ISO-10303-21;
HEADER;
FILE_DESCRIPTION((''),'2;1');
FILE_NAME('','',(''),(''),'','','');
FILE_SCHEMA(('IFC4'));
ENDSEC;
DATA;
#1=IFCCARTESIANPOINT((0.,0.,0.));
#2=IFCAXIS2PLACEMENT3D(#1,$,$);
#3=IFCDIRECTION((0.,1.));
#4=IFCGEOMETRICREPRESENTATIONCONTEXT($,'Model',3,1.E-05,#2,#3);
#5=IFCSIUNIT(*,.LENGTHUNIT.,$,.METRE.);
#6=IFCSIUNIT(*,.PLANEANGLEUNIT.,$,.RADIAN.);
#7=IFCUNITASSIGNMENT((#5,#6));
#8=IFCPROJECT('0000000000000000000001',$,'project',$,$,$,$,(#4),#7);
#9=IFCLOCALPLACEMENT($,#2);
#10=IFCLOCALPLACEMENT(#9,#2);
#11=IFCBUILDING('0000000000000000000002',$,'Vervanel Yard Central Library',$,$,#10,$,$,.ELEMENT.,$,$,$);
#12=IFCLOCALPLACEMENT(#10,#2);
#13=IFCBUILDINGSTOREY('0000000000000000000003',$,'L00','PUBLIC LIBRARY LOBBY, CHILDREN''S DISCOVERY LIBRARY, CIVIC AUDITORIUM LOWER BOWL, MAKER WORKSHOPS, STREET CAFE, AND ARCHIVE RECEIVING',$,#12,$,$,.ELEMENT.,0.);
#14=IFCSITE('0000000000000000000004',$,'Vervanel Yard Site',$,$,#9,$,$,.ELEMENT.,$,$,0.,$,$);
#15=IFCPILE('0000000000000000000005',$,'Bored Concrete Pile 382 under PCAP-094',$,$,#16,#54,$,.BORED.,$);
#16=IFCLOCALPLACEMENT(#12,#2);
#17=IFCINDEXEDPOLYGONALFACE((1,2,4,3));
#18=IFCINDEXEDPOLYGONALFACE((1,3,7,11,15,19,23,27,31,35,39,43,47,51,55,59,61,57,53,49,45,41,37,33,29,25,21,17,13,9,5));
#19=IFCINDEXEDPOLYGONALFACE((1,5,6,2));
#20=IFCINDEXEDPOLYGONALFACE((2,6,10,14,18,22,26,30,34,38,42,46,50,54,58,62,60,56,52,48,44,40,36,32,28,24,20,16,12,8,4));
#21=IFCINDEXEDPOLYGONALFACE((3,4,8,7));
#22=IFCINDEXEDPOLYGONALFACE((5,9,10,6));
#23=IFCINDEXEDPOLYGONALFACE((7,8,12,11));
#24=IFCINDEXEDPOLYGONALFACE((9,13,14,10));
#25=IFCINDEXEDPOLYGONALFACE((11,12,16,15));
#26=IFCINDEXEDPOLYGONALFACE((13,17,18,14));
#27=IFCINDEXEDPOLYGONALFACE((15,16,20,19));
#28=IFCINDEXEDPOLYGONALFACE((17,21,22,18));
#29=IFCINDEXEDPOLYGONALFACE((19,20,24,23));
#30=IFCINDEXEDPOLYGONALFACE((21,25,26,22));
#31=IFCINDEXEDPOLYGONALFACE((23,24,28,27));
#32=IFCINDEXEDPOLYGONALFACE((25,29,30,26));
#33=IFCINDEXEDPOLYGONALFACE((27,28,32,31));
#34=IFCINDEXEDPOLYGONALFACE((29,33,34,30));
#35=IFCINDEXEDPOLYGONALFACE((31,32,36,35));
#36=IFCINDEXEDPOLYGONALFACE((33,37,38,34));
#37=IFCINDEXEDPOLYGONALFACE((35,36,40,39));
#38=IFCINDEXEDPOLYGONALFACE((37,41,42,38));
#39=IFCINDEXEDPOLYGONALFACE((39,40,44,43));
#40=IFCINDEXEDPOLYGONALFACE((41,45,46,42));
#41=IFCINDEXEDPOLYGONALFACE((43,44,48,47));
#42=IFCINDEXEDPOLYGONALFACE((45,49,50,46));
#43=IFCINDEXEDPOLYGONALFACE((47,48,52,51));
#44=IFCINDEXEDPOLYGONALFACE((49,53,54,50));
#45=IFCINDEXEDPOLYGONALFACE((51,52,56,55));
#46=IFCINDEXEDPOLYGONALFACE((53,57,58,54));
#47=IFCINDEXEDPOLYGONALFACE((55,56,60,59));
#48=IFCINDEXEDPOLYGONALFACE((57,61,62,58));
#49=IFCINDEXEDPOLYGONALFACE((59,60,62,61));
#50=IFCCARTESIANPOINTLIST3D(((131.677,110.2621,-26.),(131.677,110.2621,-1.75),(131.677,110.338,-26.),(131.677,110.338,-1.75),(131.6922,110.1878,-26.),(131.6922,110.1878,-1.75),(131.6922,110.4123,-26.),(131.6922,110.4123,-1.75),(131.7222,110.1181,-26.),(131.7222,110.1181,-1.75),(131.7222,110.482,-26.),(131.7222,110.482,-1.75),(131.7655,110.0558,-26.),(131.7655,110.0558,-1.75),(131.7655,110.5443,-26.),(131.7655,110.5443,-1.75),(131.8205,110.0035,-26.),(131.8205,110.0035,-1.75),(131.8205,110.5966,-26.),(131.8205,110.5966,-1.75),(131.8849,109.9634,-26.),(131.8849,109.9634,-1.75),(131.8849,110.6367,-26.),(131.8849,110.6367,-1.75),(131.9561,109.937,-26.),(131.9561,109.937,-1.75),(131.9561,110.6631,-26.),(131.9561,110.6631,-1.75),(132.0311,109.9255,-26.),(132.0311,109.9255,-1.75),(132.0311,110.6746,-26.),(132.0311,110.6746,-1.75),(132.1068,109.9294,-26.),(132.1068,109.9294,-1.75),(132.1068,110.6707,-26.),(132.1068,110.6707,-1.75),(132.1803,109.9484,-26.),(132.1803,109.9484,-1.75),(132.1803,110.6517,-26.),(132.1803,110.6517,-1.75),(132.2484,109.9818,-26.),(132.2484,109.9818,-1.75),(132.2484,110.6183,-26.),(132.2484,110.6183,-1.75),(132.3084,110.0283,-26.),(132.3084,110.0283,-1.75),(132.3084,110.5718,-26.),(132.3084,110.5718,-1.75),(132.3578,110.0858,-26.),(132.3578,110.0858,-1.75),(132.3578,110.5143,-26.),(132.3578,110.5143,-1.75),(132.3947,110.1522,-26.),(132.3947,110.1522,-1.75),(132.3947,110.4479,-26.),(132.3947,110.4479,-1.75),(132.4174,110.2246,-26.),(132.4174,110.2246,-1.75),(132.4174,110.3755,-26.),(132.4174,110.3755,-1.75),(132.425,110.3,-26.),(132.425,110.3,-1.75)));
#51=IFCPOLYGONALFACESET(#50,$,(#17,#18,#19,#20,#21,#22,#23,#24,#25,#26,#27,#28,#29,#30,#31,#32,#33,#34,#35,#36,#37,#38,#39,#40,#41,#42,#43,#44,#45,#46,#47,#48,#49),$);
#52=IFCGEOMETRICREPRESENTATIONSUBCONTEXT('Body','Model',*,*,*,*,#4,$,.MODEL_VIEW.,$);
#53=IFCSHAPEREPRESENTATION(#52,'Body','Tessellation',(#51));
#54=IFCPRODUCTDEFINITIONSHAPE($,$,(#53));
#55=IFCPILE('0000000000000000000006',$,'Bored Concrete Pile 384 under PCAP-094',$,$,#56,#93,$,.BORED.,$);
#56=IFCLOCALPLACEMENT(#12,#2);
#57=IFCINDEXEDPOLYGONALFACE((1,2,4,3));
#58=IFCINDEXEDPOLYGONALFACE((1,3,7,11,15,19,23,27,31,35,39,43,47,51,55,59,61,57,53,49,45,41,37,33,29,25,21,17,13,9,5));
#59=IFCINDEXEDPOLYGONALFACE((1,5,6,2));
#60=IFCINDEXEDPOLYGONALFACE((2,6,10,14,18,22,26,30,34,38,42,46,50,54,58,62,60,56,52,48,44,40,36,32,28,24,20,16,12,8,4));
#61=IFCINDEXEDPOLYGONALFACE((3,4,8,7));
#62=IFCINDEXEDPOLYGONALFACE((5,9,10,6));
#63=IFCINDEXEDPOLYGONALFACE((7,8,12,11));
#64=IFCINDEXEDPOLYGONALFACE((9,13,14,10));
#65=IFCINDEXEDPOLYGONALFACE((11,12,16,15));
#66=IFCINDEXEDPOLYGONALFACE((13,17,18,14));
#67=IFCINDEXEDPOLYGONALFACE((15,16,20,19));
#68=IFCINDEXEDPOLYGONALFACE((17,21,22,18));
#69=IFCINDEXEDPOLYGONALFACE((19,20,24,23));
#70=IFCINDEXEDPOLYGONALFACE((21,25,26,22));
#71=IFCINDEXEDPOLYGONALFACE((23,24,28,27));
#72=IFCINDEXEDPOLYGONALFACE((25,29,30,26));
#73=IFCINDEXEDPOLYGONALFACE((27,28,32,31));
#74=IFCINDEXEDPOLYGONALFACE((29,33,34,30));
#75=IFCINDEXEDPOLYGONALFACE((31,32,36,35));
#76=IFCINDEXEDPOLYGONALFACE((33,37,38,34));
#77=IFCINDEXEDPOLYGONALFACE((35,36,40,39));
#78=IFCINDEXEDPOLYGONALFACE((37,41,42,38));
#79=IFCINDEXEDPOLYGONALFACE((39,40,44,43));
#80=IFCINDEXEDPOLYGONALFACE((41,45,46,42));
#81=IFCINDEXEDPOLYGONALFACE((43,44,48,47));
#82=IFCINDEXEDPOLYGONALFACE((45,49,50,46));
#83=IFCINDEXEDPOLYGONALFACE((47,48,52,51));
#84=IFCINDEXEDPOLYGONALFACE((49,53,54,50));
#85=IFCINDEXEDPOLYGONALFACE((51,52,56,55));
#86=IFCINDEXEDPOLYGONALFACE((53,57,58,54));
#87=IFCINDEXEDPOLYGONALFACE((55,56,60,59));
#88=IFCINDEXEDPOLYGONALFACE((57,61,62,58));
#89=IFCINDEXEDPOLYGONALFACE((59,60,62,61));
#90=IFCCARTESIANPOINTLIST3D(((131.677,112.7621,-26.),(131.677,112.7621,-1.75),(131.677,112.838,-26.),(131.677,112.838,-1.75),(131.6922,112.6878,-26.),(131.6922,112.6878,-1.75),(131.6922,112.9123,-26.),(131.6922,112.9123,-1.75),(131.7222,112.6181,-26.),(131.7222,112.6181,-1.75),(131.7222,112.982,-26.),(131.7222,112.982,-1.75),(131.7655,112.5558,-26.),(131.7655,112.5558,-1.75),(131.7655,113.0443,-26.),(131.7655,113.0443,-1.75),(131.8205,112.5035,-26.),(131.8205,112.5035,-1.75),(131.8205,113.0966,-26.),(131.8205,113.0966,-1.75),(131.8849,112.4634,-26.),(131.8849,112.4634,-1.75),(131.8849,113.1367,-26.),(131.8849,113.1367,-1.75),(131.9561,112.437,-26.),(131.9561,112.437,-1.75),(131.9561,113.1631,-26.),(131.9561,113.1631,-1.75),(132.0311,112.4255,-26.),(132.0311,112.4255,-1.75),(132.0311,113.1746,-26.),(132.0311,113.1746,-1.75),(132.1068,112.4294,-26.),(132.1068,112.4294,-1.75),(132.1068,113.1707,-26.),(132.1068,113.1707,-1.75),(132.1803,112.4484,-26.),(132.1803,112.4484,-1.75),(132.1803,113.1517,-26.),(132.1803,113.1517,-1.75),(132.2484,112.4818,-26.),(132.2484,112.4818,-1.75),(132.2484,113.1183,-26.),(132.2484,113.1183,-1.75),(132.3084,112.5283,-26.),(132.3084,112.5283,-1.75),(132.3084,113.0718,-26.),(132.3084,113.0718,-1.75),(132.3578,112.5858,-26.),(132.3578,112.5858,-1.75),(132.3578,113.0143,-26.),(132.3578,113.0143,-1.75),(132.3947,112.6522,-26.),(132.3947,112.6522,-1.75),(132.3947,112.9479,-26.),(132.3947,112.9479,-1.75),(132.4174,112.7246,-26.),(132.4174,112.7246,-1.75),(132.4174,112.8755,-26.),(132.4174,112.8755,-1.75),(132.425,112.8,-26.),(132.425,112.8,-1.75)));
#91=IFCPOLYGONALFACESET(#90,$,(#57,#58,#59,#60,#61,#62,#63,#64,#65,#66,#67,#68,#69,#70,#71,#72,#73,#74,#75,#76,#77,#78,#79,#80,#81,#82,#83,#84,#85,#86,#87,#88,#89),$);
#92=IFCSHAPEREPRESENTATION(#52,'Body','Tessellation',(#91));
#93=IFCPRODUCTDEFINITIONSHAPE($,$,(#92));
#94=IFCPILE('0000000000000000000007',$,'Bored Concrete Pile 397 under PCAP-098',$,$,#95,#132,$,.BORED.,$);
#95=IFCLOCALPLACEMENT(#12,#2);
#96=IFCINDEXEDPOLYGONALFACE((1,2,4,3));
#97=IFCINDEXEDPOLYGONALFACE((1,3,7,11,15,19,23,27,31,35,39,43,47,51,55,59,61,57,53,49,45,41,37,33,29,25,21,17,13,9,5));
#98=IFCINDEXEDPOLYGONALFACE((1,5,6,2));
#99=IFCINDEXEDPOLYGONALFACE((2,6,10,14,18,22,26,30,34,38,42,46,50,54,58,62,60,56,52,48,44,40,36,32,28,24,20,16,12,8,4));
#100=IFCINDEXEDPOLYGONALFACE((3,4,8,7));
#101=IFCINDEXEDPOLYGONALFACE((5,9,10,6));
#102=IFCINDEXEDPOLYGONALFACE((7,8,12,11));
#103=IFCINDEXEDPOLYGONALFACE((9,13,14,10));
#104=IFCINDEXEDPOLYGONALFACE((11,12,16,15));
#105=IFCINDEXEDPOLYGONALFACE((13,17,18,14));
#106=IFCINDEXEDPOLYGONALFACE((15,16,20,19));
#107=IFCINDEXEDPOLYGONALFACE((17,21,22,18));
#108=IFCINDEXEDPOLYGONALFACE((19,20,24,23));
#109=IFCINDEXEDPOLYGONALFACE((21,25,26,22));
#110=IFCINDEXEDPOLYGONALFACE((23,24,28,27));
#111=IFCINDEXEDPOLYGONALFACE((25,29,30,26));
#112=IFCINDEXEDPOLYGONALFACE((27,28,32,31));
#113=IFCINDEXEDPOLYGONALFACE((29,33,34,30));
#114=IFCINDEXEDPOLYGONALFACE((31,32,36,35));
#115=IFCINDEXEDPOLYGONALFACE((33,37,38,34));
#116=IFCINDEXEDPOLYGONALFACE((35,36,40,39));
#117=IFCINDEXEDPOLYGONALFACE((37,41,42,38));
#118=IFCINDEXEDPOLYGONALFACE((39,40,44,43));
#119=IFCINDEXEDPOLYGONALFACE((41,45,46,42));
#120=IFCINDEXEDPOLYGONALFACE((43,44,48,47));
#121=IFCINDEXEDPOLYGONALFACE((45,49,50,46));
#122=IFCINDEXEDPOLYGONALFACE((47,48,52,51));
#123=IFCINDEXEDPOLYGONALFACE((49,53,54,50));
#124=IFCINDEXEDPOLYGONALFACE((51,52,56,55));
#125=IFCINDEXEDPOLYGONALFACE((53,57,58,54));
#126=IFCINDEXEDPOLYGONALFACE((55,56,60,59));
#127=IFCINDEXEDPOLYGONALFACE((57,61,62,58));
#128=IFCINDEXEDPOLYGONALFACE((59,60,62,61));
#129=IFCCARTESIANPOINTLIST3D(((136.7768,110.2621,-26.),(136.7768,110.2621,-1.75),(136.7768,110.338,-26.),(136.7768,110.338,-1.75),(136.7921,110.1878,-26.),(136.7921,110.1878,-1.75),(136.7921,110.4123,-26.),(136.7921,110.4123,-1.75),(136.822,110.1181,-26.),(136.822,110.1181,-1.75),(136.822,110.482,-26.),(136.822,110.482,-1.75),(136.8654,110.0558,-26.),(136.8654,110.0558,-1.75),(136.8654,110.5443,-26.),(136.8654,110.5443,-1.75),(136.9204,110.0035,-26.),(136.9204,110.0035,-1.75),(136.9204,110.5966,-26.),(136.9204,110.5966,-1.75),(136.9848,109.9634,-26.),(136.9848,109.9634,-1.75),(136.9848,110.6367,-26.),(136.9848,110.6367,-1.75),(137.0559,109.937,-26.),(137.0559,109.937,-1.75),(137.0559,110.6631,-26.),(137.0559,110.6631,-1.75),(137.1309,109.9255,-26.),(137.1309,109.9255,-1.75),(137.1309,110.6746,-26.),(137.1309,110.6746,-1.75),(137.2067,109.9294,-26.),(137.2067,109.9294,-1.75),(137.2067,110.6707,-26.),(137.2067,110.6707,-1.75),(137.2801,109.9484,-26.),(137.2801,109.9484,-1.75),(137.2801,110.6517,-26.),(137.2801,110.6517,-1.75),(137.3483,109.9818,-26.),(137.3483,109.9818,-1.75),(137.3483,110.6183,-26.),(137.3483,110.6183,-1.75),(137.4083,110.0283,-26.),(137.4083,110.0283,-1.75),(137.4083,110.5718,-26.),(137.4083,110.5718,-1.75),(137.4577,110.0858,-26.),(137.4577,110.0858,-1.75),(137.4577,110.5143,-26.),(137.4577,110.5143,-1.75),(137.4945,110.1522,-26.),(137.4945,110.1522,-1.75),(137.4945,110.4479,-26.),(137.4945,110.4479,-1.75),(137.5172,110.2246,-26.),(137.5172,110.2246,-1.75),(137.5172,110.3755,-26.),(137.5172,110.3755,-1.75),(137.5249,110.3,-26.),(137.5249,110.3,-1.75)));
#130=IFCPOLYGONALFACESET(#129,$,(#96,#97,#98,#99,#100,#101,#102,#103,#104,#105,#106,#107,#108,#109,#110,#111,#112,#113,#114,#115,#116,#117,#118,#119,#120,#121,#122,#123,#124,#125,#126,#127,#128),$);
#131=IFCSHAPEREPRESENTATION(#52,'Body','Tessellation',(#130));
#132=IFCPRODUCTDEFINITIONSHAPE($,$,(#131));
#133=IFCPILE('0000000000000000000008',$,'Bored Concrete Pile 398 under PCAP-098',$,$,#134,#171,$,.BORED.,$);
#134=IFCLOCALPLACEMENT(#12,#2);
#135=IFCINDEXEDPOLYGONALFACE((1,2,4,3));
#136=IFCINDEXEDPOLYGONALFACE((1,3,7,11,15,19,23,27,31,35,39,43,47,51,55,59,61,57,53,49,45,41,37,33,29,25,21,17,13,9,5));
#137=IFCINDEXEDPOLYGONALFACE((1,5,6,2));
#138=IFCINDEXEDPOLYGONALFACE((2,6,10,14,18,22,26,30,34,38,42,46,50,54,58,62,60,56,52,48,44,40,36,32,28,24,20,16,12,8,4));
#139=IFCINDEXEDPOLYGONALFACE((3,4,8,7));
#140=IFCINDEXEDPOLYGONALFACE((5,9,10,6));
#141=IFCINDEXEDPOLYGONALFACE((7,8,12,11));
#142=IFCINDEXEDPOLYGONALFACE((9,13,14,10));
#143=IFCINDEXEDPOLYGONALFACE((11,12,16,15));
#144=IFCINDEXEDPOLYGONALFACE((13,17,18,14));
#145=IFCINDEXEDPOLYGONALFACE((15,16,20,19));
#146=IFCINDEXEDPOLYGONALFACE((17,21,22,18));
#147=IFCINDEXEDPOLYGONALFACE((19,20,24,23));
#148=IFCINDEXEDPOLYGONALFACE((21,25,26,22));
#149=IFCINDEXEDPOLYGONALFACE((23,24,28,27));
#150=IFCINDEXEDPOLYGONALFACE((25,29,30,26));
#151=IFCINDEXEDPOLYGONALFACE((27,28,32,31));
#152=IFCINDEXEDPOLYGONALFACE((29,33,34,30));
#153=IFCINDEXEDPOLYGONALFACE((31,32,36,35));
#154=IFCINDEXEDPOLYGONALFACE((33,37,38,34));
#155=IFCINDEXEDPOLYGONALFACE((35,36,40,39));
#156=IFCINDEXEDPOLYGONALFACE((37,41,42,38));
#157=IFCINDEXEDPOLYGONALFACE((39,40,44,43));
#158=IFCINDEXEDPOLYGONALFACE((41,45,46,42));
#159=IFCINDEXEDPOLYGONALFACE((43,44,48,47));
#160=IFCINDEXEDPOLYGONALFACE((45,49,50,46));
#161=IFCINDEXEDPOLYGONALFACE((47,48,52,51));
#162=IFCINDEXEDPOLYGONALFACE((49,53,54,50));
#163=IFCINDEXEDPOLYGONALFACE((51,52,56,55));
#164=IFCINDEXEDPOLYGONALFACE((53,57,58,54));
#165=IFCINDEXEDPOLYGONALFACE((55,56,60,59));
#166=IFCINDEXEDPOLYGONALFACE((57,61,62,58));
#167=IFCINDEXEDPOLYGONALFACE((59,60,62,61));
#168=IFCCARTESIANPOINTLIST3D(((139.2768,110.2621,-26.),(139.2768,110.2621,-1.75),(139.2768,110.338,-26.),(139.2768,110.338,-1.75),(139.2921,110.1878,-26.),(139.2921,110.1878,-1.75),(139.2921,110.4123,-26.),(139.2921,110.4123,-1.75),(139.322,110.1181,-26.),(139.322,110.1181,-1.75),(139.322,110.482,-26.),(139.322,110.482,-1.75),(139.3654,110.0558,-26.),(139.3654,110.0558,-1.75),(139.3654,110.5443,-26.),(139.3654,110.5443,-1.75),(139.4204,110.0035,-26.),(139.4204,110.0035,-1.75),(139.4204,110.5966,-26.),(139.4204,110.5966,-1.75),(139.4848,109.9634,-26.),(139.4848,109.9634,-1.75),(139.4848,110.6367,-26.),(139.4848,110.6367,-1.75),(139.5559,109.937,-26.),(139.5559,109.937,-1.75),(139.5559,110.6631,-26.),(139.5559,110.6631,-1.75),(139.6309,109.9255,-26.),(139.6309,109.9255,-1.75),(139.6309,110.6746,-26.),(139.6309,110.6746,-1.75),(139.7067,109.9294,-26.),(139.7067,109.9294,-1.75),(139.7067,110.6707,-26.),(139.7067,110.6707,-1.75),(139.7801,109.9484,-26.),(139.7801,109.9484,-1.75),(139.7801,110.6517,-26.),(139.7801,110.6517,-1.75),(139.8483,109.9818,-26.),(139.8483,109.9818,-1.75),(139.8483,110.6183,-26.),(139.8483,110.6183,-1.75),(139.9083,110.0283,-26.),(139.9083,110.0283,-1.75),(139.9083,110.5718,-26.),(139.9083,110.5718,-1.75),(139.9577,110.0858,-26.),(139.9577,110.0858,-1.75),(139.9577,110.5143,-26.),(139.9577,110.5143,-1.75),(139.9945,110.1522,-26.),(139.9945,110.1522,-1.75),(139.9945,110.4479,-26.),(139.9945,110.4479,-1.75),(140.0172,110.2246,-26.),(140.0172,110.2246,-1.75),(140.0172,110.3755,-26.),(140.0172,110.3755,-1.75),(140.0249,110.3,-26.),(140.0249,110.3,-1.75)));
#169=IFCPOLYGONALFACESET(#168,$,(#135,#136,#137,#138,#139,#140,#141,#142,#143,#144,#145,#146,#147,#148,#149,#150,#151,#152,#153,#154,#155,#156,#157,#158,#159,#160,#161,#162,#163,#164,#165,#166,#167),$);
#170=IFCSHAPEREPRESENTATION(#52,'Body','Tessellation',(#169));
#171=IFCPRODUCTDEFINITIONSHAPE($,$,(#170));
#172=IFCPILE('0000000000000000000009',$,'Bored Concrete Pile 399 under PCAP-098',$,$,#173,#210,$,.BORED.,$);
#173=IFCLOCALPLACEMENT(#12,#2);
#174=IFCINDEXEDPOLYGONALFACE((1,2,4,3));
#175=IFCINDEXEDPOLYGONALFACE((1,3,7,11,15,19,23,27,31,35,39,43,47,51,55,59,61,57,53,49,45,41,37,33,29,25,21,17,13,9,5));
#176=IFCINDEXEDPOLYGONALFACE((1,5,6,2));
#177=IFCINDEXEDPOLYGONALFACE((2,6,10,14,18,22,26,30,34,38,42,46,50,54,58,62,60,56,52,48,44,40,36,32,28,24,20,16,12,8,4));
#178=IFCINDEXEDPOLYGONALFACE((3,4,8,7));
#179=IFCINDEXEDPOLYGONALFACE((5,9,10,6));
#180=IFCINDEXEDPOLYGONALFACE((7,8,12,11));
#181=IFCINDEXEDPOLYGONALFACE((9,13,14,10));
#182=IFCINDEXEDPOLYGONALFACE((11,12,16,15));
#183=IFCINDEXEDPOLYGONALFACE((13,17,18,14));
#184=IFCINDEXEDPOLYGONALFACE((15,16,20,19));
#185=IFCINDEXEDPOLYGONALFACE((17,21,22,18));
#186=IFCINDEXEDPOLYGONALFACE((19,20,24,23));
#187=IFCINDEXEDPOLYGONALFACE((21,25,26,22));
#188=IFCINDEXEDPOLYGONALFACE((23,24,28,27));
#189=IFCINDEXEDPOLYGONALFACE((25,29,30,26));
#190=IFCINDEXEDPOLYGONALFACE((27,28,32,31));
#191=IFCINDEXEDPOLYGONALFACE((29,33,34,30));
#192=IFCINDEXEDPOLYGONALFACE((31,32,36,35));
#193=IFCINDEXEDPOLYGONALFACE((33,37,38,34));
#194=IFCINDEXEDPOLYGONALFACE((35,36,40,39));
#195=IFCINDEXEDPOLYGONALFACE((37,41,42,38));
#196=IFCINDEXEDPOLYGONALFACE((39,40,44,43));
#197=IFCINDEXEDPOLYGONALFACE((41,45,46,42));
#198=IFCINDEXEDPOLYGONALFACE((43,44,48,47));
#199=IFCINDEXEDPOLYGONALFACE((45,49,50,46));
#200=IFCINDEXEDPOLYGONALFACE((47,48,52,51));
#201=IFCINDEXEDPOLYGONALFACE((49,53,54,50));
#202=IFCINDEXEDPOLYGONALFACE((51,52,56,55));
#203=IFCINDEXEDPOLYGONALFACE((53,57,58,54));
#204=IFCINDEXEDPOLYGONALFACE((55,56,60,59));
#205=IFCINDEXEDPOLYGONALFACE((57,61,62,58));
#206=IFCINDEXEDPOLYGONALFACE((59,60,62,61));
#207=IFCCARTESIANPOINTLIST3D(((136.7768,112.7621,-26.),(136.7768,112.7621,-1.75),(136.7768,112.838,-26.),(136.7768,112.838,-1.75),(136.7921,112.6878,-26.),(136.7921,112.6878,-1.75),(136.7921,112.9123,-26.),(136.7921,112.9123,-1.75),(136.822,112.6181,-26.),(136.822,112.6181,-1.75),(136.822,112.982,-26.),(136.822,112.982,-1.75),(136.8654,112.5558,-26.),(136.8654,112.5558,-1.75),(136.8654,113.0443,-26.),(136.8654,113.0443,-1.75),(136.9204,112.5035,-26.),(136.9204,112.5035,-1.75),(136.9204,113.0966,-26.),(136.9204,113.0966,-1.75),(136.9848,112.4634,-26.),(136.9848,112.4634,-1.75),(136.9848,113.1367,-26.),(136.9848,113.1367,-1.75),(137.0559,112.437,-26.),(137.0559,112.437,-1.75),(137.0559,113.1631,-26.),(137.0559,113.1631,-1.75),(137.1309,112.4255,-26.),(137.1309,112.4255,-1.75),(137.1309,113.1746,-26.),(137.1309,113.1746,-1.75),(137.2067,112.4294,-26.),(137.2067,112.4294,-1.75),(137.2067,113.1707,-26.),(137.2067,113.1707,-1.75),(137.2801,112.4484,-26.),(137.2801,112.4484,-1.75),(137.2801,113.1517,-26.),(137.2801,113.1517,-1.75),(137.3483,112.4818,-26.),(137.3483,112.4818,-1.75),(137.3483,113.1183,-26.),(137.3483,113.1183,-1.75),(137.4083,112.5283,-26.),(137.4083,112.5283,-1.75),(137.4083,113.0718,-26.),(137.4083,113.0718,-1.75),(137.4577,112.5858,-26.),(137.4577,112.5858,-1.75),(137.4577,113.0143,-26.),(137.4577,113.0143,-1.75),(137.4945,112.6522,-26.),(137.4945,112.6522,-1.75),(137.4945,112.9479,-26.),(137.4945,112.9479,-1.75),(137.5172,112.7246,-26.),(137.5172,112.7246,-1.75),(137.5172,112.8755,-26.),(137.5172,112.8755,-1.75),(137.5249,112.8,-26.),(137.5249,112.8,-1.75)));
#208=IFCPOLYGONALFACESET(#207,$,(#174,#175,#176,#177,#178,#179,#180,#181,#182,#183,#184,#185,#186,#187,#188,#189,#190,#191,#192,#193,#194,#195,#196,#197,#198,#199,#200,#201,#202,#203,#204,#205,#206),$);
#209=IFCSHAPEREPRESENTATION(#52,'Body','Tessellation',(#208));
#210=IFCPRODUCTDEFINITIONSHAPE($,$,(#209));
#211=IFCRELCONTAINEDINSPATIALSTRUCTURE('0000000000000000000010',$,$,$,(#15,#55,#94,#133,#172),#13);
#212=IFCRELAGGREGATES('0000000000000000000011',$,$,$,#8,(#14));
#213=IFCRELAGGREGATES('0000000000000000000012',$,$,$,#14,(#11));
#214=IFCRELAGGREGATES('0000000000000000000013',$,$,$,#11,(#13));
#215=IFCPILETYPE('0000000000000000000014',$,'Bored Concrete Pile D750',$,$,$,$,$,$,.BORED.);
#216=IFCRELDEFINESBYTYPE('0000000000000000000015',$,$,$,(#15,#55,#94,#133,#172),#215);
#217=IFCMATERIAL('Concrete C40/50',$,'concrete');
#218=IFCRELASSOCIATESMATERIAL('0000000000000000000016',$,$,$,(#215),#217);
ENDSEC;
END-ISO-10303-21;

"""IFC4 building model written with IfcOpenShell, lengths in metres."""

from ifc_helpers import new_model, si_unit, direction, frame, origin, origin_2d, place, context, subcontext, project, spatial, circle, extrude, material, material_profile, profile_set, type_object, element, save


model = new_model("IFC4")

# Units and contexts
model_context = context("Model", 3, precision=1e-05, world=origin(), true_north=direction((0.0, 1.0)))
body_context = subcontext(model_context, "Body", "Model", "MODEL_VIEW")
ifc_project = project(units=[si_unit("LENGTHUNIT", "METRE"), si_unit("PLANEANGLEUNIT", "RADIAN")], contexts=[model_context])

# Site, building, storey
site_placement = place(None, origin())
site = spatial("IfcSite", under=ifc_project, at=site_placement, Name="Vervanel Yard Site", CompositionType="ELEMENT", RefElevation=0.0)
building_placement = place(site_placement, origin())
building = spatial("IfcBuilding", under=site, at=building_placement, Name="Vervanel Yard Central Library", CompositionType="ELEMENT")
storey_placement = place(building_placement, origin())
storey = spatial("IfcBuildingStorey", under=building, at=storey_placement, Name="L00", Description="PUBLIC LIBRARY LOBBY, CHILDREN'S DISCOVERY LIBRARY, CIVIC AUDITORIUM LOWER BOWL, MAKER WORKSHOPS, STREET CAFE, AND ARCHIVE RECEIVING", CompositionType="ELEMENT", Elevation=0.0)

# Piles
ifc_material_1 = material(Name="Concrete C40/50", Category="concrete")
ifc_material_profile_1 = material_profile(ifc_material_1, circle(Radius=0.375, at=origin_2d()), Name="BP D750", Category="concrete")
ifc_profile_set_1 = profile_set([ifc_material_profile_1], Name="Concrete C40/50")
pile_type_1 = type_object("IfcPileType", Name="Bored Concrete Pile D750", PredefinedType="BORED", material=ifc_profile_set_1)
for number, where, z_axis, x_axis, name in (
    (1, (132.05, 110.3, -1.75), (0.0, 0.0, -1.0), (1.0, 0.0, 0.0), "Bored Concrete Pile 382 under PCAP-094"),
    (2, (132.05, 112.8, -1.75), (0.0, 0.0, -1.0), (1.0, 0.0, 0.0), "Bored Concrete Pile 384 under PCAP-094"),
    (3, (137.1499, 110.3, -1.75), (0.0, 0.0, -1.0), (1.0, 0.0, 0.0), "Bored Concrete Pile 397 under PCAP-098"),
    (4, (139.6499, 110.3, -1.75), (0.0, 0.0, -1.0), (1.0, 0.0, 0.0), "Bored Concrete Pile 398 under PCAP-098"),
    (5, (137.1499, 112.8, -1.75), (0.0, 0.0, -1.0), (1.0, 0.0, 0.0), "Bored Concrete Pile 399 under PCAP-098"),
):
    element("IfcPile", number, at=place(storey_placement, frame(where, z_axis=z_axis, x_axis=x_axis)), inside=storey, type_object=pile_type_1, Name=name, PredefinedType="BORED", context=body_context, shape_type="SweptSolid", body=[
        extrude(circle(Radius=0.375, at=origin_2d()), origin(), (0.0, 0.0, 1.0), 24.25),
    ])

save(model, "model.ifc")
